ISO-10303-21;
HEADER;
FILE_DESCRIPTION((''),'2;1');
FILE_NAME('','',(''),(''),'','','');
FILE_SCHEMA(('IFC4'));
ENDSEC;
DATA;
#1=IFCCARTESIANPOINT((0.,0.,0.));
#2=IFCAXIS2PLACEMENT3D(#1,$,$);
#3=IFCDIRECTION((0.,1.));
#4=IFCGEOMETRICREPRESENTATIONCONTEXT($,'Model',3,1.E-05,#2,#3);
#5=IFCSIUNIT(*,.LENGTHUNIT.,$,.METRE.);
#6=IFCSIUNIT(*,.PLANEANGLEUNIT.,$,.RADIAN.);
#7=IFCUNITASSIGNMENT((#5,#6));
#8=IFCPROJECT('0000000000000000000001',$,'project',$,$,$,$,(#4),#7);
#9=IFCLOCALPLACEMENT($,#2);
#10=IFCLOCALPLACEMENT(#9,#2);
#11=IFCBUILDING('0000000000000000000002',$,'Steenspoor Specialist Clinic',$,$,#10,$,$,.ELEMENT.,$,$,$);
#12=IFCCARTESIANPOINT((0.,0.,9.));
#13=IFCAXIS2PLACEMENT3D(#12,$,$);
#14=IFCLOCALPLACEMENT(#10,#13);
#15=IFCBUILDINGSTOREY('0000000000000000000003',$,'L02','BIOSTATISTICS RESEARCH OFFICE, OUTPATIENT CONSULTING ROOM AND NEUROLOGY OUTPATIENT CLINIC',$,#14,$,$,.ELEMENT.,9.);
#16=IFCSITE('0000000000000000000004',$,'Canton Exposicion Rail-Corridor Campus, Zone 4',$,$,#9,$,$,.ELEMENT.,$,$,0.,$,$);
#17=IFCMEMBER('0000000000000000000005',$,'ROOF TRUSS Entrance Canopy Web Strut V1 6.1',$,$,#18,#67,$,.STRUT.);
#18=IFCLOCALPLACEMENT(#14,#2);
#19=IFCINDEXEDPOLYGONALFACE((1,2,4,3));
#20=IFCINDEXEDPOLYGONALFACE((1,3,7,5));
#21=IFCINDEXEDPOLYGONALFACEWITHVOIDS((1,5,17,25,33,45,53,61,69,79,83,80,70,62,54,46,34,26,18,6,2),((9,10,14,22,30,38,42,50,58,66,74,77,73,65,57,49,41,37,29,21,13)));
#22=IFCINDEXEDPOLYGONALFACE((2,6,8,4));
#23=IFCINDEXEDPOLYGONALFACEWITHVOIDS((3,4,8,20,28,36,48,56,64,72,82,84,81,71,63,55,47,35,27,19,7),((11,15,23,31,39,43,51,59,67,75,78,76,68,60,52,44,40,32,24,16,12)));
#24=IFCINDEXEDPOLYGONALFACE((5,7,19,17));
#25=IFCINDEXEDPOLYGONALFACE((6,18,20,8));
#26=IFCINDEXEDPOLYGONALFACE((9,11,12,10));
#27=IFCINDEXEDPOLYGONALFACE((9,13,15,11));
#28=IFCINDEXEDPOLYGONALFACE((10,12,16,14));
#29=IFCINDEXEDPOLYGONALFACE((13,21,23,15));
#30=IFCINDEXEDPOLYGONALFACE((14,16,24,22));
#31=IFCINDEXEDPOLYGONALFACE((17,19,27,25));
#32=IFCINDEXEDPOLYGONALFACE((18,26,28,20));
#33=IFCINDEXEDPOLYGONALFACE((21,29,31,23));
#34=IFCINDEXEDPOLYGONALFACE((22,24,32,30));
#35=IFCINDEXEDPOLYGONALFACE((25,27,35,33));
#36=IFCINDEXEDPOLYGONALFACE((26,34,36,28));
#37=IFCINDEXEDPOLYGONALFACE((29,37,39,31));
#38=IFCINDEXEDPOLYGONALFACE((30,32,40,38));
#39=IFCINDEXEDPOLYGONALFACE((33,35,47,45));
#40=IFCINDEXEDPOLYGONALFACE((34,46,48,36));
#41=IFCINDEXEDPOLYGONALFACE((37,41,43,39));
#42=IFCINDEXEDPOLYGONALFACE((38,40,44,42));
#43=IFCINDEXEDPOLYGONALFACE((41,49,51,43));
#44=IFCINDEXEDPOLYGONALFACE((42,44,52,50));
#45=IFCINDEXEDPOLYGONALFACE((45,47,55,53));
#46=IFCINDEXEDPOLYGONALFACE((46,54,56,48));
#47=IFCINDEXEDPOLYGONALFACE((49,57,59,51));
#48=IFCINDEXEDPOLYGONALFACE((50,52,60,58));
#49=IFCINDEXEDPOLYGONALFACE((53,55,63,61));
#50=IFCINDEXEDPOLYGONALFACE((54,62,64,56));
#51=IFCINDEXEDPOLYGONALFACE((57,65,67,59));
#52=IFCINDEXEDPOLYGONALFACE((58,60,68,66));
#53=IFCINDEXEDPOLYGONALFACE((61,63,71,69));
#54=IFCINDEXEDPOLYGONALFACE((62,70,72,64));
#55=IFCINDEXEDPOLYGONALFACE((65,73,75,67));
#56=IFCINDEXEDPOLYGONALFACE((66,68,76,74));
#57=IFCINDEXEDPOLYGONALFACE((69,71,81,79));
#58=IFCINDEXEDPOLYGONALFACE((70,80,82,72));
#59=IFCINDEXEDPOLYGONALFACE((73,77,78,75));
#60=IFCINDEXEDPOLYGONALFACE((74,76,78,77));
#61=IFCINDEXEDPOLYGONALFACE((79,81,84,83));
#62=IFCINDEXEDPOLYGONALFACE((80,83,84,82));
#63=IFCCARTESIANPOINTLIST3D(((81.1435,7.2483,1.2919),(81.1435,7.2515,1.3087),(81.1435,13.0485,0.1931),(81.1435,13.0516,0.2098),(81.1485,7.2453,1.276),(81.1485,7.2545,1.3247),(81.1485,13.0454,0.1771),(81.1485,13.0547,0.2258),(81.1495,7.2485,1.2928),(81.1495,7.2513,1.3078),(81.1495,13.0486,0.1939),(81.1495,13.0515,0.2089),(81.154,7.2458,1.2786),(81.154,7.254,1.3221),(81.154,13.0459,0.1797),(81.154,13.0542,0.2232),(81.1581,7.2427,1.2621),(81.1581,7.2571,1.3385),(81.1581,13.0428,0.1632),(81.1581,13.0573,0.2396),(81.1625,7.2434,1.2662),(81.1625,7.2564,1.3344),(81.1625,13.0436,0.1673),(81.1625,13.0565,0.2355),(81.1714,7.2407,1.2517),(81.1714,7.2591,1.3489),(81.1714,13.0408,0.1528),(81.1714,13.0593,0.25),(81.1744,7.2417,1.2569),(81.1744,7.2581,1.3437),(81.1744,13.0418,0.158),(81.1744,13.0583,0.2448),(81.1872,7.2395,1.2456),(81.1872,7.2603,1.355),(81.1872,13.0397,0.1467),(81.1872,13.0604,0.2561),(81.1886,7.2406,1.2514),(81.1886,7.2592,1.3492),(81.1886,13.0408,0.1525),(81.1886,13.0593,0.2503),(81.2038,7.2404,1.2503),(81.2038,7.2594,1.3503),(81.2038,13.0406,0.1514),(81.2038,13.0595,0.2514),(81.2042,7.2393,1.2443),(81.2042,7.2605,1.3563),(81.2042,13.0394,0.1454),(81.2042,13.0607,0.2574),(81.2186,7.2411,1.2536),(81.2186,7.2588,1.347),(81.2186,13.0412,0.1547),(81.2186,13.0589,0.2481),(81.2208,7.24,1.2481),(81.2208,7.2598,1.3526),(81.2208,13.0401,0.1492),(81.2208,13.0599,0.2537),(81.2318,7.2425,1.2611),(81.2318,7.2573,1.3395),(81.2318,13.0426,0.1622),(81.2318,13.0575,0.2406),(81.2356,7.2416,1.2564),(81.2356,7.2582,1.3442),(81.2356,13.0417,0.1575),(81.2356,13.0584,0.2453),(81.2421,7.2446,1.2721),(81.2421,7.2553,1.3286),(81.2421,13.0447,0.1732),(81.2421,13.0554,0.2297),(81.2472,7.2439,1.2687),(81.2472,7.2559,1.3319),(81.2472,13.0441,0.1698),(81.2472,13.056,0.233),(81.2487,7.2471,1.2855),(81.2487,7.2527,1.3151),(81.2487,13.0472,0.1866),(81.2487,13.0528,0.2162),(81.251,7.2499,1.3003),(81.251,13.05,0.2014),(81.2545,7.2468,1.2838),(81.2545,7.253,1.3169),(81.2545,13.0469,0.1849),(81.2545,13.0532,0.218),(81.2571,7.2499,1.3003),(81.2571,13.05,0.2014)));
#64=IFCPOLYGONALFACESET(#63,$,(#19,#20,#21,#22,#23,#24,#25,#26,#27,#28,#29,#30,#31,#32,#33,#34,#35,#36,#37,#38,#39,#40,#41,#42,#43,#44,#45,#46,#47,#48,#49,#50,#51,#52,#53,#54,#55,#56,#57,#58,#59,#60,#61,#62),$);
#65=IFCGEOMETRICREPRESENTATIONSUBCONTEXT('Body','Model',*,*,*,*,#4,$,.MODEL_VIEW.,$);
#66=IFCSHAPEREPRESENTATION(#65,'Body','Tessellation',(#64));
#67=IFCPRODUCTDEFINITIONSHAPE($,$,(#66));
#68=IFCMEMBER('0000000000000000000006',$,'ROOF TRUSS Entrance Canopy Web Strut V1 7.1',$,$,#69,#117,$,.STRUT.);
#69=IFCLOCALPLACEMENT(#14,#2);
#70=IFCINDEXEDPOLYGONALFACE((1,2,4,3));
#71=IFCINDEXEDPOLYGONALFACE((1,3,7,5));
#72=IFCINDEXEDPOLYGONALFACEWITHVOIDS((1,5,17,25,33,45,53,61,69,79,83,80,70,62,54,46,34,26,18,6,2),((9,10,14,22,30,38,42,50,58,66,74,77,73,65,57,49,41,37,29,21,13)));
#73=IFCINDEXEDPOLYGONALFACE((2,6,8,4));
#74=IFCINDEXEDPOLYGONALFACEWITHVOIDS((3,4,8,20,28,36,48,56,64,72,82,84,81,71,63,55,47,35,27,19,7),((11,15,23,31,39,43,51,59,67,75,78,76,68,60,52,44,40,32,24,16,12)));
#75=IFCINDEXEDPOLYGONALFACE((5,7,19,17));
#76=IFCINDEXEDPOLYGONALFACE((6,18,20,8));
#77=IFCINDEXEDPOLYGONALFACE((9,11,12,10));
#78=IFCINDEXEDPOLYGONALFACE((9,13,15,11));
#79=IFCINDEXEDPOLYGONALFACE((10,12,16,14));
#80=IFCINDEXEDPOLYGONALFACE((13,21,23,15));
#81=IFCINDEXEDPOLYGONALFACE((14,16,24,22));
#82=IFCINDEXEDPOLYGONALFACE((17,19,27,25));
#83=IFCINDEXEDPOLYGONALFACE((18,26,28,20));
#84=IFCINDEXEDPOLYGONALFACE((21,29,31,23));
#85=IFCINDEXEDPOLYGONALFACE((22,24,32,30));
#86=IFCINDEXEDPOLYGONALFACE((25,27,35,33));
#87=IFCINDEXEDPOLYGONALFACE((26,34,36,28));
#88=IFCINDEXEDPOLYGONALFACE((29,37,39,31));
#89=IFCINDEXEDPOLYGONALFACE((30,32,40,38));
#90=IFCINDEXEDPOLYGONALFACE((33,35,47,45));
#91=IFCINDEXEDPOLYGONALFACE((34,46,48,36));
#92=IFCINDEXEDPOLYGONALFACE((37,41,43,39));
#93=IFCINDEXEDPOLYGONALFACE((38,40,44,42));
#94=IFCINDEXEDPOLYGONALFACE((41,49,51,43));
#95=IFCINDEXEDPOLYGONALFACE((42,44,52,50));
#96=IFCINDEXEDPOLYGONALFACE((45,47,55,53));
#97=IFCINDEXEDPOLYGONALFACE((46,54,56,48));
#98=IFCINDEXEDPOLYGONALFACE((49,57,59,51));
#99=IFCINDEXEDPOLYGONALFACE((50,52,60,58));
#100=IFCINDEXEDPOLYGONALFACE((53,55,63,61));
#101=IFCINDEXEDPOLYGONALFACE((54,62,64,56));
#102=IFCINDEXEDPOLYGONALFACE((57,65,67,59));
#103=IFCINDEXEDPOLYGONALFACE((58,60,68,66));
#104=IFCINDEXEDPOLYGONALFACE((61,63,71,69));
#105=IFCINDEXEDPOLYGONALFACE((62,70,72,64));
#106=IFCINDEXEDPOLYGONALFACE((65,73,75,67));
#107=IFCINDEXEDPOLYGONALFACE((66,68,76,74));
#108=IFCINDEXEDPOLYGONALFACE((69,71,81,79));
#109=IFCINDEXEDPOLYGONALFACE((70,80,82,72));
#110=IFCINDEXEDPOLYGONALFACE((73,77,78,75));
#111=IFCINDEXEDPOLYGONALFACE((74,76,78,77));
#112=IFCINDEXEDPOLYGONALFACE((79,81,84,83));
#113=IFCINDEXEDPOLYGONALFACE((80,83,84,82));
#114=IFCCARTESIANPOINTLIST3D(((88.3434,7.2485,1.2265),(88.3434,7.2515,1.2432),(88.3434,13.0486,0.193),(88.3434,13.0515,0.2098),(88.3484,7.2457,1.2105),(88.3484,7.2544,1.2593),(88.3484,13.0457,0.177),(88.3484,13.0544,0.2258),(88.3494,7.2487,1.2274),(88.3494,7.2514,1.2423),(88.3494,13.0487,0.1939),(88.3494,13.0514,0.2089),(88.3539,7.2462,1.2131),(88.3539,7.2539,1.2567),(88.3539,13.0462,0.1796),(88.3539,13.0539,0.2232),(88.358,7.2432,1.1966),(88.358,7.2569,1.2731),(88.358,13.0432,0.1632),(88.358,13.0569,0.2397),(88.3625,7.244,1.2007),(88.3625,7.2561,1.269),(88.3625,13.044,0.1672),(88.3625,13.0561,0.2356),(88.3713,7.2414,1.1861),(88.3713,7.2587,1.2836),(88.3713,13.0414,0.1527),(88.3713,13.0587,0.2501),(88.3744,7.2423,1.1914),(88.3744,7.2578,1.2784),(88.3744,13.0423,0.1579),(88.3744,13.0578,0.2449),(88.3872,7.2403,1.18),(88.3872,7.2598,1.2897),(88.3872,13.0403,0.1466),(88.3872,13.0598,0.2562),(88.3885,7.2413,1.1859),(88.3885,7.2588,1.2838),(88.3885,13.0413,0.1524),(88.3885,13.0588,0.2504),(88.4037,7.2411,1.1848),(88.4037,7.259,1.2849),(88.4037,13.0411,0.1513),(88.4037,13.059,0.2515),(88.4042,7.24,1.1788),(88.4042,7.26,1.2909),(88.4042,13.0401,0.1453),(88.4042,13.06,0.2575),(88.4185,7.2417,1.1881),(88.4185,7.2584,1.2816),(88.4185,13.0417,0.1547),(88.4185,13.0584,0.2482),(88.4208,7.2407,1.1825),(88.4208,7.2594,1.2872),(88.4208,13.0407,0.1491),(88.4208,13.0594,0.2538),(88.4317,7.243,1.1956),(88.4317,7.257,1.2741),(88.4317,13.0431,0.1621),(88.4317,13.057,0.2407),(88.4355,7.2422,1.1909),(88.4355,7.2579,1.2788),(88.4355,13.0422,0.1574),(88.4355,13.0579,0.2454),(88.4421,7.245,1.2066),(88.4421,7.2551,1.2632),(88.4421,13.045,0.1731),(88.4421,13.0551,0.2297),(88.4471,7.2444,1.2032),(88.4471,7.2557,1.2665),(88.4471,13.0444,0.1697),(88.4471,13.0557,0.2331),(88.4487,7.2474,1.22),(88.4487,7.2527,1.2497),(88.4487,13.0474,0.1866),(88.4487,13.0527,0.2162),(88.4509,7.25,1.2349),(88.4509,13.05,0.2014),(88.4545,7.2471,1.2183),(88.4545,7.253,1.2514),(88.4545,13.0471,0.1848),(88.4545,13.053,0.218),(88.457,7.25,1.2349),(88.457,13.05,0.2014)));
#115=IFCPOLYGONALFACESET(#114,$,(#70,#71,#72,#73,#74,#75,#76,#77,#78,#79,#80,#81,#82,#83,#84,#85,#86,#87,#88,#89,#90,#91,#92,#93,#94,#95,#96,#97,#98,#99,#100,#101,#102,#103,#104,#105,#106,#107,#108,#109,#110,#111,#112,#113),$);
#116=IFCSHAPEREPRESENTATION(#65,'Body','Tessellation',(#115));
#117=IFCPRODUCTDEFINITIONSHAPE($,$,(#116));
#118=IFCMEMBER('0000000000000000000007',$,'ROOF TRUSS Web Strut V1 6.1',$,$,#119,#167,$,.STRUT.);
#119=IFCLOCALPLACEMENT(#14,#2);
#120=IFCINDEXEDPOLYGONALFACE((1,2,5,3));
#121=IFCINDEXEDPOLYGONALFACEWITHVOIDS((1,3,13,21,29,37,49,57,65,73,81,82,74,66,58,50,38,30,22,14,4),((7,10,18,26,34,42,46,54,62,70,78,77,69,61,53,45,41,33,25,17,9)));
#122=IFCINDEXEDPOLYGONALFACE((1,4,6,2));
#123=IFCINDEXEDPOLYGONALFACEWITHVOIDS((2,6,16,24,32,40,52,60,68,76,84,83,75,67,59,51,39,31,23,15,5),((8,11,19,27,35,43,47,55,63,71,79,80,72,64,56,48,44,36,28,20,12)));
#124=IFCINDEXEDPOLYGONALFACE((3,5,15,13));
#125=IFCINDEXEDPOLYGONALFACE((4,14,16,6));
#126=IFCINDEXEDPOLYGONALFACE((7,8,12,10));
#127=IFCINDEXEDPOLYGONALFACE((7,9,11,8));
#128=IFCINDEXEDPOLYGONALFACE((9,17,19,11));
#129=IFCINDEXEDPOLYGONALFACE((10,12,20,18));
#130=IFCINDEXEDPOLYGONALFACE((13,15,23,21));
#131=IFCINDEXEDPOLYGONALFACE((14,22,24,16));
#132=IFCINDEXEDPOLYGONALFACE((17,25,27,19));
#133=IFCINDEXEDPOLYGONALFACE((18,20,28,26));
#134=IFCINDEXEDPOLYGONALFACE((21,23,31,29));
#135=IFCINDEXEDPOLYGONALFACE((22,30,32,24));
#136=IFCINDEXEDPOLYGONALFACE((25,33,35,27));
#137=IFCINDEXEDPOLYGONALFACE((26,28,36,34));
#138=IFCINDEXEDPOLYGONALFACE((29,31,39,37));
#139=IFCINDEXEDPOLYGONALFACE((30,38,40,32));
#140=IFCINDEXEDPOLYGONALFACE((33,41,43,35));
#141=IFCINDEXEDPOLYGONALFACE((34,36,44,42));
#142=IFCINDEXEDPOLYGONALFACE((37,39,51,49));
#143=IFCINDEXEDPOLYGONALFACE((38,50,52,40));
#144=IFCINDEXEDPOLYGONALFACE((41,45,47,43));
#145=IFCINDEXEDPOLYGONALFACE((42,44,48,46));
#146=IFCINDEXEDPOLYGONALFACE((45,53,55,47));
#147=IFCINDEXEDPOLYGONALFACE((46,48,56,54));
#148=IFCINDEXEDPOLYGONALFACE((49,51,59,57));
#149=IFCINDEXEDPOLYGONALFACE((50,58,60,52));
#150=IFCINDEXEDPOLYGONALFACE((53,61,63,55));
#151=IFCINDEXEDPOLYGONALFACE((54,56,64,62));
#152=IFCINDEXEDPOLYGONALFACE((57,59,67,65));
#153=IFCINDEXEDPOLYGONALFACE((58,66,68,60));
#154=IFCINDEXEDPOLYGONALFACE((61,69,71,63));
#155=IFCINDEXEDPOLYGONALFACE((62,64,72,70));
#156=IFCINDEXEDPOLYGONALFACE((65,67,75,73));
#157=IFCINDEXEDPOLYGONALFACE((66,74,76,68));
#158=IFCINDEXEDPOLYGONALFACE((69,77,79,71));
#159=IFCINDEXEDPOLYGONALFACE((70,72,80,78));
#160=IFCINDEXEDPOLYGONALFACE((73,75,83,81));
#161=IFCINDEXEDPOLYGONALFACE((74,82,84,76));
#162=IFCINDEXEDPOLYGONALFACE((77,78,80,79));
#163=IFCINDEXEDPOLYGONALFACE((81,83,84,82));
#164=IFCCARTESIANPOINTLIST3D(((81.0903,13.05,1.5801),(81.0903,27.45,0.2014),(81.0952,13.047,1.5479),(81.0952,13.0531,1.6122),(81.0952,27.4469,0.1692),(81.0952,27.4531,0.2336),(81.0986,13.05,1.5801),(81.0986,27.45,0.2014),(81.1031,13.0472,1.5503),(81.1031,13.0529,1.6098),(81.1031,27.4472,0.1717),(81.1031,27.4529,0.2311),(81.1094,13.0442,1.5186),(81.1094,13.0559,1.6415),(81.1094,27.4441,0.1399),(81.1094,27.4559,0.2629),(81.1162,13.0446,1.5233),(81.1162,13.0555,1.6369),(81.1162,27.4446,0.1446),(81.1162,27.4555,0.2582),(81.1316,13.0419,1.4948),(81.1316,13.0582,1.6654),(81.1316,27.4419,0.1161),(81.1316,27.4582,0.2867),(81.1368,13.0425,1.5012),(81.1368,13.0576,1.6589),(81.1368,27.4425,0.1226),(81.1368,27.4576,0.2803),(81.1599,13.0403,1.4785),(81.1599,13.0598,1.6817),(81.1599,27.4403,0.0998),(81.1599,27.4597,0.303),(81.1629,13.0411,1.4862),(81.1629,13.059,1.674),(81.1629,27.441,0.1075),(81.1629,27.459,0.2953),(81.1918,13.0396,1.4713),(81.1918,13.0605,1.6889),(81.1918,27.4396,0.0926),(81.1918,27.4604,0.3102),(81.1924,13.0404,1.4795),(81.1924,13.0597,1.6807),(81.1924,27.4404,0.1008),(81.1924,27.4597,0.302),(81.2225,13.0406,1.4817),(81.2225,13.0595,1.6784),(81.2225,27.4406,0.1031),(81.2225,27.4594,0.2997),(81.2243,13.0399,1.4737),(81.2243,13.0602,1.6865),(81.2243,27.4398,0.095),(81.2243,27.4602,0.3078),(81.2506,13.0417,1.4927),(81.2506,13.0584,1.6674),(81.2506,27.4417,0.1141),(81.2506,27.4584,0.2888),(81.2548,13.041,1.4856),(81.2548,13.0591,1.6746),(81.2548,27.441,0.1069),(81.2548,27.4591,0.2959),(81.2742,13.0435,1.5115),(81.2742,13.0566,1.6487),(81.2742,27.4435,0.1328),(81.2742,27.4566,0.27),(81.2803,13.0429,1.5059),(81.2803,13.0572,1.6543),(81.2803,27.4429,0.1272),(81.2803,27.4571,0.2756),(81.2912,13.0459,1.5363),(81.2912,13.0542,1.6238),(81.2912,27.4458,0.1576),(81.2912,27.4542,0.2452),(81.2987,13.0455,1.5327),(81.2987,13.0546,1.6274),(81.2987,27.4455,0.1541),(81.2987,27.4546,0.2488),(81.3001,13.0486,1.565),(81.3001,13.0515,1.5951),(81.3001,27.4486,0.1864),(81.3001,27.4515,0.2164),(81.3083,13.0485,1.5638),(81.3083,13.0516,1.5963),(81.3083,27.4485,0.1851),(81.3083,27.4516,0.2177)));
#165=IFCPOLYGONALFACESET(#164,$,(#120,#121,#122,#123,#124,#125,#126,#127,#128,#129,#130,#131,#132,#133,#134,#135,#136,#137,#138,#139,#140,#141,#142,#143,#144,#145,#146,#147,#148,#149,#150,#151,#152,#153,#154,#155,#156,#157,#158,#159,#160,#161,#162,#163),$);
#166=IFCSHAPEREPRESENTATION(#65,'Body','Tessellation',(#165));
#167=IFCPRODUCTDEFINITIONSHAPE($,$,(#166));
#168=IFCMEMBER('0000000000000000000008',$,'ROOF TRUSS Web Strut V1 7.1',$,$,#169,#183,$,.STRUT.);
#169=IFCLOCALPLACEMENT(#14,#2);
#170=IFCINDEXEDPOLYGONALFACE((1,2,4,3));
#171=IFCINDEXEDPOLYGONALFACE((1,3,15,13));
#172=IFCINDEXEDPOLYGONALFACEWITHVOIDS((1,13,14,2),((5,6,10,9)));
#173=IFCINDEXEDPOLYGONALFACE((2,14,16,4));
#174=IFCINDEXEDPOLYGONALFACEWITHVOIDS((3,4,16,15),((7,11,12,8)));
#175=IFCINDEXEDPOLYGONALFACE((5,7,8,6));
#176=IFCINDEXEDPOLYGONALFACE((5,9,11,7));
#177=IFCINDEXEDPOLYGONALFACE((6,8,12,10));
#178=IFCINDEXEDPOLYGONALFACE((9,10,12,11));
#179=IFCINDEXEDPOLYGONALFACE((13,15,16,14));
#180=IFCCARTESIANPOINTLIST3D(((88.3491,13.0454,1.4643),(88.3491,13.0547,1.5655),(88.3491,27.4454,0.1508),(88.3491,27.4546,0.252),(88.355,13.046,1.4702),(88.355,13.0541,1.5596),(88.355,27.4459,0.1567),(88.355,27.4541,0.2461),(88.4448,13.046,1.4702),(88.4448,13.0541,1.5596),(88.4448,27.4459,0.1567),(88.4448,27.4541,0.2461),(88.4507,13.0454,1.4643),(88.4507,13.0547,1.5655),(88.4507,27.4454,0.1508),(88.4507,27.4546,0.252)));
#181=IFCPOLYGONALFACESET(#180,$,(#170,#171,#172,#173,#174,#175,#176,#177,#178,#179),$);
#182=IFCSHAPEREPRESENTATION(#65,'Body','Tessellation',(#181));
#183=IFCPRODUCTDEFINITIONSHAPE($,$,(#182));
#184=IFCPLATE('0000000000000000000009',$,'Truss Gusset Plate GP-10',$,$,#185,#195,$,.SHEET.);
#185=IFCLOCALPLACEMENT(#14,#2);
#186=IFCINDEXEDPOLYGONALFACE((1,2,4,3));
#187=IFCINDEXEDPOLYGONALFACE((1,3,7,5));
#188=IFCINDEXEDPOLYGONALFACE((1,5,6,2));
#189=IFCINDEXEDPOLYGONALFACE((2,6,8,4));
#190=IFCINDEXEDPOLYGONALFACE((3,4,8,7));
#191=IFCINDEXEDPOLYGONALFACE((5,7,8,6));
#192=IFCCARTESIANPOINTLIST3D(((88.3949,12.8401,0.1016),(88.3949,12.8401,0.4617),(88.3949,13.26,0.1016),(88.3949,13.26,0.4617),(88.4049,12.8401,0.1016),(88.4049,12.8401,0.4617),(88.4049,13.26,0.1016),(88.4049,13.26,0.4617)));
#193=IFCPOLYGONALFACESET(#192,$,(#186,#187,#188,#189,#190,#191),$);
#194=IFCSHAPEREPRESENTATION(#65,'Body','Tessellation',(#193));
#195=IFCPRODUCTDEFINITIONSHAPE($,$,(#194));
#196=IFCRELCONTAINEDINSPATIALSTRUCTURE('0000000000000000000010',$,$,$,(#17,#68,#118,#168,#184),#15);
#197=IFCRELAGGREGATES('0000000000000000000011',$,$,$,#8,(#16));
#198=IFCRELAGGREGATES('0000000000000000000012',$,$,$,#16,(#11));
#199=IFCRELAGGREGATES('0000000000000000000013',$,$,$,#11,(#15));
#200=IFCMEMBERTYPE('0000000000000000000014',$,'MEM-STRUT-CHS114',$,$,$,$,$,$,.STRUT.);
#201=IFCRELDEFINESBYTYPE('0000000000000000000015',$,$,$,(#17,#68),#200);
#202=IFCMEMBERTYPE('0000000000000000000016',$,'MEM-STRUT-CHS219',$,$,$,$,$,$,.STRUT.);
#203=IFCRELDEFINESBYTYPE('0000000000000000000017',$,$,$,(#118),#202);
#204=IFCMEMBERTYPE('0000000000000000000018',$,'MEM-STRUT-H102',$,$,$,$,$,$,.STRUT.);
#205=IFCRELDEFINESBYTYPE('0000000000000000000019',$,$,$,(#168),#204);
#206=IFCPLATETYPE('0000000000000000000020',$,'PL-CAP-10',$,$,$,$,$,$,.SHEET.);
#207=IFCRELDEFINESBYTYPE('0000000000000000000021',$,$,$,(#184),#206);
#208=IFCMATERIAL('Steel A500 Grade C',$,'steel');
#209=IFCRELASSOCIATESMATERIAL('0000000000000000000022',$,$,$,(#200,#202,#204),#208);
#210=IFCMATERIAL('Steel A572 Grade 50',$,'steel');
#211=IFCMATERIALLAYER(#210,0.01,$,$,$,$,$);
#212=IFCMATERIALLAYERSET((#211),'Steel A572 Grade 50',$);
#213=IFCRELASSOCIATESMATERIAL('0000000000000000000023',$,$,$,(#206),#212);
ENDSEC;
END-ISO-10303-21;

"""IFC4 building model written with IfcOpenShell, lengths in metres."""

from ifc_helpers import new_model, si_unit, direction, frame, origin, origin_2d, place, context, subcontext, project, spatial, rectangle, hollow_rectangle, hollow_circle, extrude, material, layer, layer_set, material_profile, profile_set, type_object, element, save


model = new_model("IFC4")

# Units and contexts
model_context = context("Model", 3, precision=1e-05, world=origin(), true_north=direction((0.0, 1.0)))
body_context = subcontext(model_context, "Body", "Model", "MODEL_VIEW")
ifc_project = project(units=[si_unit("LENGTHUNIT", "METRE"), si_unit("PLANEANGLEUNIT", "RADIAN")], contexts=[model_context])

# Site, building, storey
site_placement = place(None, origin())
site = spatial("IfcSite", under=ifc_project, at=site_placement, Name="Canton Exposicion Rail-Corridor Campus, Zone 4", CompositionType="ELEMENT", RefElevation=0.0)
building_placement = place(site_placement, origin())
building = spatial("IfcBuilding", under=site, at=building_placement, Name="Steenspoor Specialist Clinic", CompositionType="ELEMENT")
storey_placement = place(building_placement, frame((0.0, 0.0, 9.0)))
storey = spatial("IfcBuildingStorey", under=building, at=storey_placement, Name="L02", Description="BIOSTATISTICS RESEARCH OFFICE, OUTPATIENT CONSULTING ROOM AND NEUROLOGY OUTPATIENT CLINIC", CompositionType="ELEMENT", Elevation=9.0)

# Members
ifc_material_1 = material(Name="Steel A500 Grade C", Category="steel")
ifc_material_profile_1 = material_profile(ifc_material_1, hollow_circle(Radius=0.0571, WallThickness=0.0061, at=origin_2d()), Name="CHS114X6.0")
ifc_profile_set_1 = profile_set([ifc_material_profile_1], Name="Steel A500 Grade C")
member_type_1 = type_object("IfcMemberType", Name="MEM-STRUT-CHS114", PredefinedType="STRUT", material=ifc_profile_set_1)
member_1_placement = place(storey_placement, frame((81.2, 13.05, 0.2014), z_axis=(0.0, -0.982522, 0.186148), x_axis=(1.0, 0.0, 0.0)))
element("IfcMember", 1, at=member_1_placement, inside=storey, type_object=member_type_1, Name="ROOF TRUSS Entrance Canopy Web Strut V1 6.1", PredefinedType="STRUT", context=body_context, shape_type="SweptSolid", body=[
    extrude(hollow_circle(Radius=0.0571, WallThickness=0.0061, at=origin_2d()), origin(), (0.0, 0.0, 1.0), 5.9033),
])
member_2_placement = place(storey_placement, frame((88.3999, 13.05, 0.2014), z_axis=(0.0, -0.984494, 0.175416), x_axis=(1.0, 0.0, 0.0)))
element("IfcMember", 2, at=member_2_placement, inside=storey, type_object=member_type_1, Name="ROOF TRUSS Entrance Canopy Web Strut V1 7.1", PredefinedType="STRUT", context=body_context, shape_type="SweptSolid", body=[
    extrude(hollow_circle(Radius=0.0571, WallThickness=0.0061, at=origin_2d()), origin(), (0.0, 0.0, 1.0), 5.8914),
])
ifc_material_profile_2 = material_profile(ifc_material_1, hollow_circle(Radius=0.1096, WallThickness=0.0083, at=origin_2d()), Name="CHS219X8.2")
ifc_profile_set_2 = profile_set([ifc_material_profile_2], Name="Steel A500 Grade C")
member_type_2 = type_object("IfcMemberType", Name="MEM-STRUT-CHS219", PredefinedType="STRUT", material=ifc_profile_set_2)
member_3_placement = place(storey_placement, frame((81.2, 13.05, 1.5801), z_axis=(0.0, 0.995448, -0.095305), x_axis=(-1.0, 0.0, 0.0)))
element("IfcMember", 3, at=member_3_placement, inside=storey, type_object=member_type_2, Name="ROOF TRUSS Web Strut V1 6.1", PredefinedType="STRUT", context=body_context, shape_type="SweptSolid", body=[
    extrude(hollow_circle(Radius=0.1096, WallThickness=0.0083, at=origin_2d()), origin(), (0.0, 0.0, 1.0), 14.4658),
])
ifc_material_profile_3 = material_profile(ifc_material_1, hollow_rectangle(XDim=0.1016, YDim=0.1016, WallThickness=0.0059, at=origin_2d()), Name="HSS102X102X6.4")
ifc_profile_set_3 = profile_set([ifc_material_profile_3], Name="Steel A500 Grade C")
member_type_3 = type_object("IfcMemberType", Name="MEM-STRUT-H102", PredefinedType="STRUT", material=ifc_profile_set_3)
member_4_placement = place(storey_placement, frame((88.3999, 13.05, 1.5149), z_axis=(0.0, 0.995866, -0.090837), x_axis=(-1.0, 0.0, 0.0)))
element("IfcMember", 4, at=member_4_placement, inside=storey, type_object=member_type_3, Name="ROOF TRUSS Web Strut V1 7.1", PredefinedType="STRUT", context=body_context, shape_type="SweptSolid", body=[
    extrude(hollow_rectangle(XDim=0.1016, YDim=0.1016, WallThickness=0.0059, at=origin_2d()), origin(), (0.0, 0.0, 1.0), 14.4597),
])

# Plate
ifc_material_2 = material(Name="Steel A572 Grade 50", Category="steel")
ifc_layer_1 = layer(ifc_material_2, 0.01)
ifc_layer_set_1 = layer_set([ifc_layer_1], Name="Steel A572 Grade 50")
plate_type_1 = type_object("IfcPlateType", Name="PL-CAP-10", PredefinedType="SHEET", material=ifc_layer_set_1)
plate_1_placement = place(storey_placement, frame((88.3999, 13.05, 0.1016), z_axis=(0.0, 0.0, 1.0), x_axis=(1.0, 0.0, 0.0)))
element("IfcPlate", 5, at=plate_1_placement, inside=storey, type_object=plate_type_1, Name="Truss Gusset Plate GP-10", PredefinedType="SHEET", context=body_context, shape_type="SweptSolid", body=[
    extrude(rectangle(XDim=0.01, YDim=0.4199, at=origin_2d()), origin(), (0.0, 0.0, 1.0), 0.3601),
])

save(model, "model.ifc")
